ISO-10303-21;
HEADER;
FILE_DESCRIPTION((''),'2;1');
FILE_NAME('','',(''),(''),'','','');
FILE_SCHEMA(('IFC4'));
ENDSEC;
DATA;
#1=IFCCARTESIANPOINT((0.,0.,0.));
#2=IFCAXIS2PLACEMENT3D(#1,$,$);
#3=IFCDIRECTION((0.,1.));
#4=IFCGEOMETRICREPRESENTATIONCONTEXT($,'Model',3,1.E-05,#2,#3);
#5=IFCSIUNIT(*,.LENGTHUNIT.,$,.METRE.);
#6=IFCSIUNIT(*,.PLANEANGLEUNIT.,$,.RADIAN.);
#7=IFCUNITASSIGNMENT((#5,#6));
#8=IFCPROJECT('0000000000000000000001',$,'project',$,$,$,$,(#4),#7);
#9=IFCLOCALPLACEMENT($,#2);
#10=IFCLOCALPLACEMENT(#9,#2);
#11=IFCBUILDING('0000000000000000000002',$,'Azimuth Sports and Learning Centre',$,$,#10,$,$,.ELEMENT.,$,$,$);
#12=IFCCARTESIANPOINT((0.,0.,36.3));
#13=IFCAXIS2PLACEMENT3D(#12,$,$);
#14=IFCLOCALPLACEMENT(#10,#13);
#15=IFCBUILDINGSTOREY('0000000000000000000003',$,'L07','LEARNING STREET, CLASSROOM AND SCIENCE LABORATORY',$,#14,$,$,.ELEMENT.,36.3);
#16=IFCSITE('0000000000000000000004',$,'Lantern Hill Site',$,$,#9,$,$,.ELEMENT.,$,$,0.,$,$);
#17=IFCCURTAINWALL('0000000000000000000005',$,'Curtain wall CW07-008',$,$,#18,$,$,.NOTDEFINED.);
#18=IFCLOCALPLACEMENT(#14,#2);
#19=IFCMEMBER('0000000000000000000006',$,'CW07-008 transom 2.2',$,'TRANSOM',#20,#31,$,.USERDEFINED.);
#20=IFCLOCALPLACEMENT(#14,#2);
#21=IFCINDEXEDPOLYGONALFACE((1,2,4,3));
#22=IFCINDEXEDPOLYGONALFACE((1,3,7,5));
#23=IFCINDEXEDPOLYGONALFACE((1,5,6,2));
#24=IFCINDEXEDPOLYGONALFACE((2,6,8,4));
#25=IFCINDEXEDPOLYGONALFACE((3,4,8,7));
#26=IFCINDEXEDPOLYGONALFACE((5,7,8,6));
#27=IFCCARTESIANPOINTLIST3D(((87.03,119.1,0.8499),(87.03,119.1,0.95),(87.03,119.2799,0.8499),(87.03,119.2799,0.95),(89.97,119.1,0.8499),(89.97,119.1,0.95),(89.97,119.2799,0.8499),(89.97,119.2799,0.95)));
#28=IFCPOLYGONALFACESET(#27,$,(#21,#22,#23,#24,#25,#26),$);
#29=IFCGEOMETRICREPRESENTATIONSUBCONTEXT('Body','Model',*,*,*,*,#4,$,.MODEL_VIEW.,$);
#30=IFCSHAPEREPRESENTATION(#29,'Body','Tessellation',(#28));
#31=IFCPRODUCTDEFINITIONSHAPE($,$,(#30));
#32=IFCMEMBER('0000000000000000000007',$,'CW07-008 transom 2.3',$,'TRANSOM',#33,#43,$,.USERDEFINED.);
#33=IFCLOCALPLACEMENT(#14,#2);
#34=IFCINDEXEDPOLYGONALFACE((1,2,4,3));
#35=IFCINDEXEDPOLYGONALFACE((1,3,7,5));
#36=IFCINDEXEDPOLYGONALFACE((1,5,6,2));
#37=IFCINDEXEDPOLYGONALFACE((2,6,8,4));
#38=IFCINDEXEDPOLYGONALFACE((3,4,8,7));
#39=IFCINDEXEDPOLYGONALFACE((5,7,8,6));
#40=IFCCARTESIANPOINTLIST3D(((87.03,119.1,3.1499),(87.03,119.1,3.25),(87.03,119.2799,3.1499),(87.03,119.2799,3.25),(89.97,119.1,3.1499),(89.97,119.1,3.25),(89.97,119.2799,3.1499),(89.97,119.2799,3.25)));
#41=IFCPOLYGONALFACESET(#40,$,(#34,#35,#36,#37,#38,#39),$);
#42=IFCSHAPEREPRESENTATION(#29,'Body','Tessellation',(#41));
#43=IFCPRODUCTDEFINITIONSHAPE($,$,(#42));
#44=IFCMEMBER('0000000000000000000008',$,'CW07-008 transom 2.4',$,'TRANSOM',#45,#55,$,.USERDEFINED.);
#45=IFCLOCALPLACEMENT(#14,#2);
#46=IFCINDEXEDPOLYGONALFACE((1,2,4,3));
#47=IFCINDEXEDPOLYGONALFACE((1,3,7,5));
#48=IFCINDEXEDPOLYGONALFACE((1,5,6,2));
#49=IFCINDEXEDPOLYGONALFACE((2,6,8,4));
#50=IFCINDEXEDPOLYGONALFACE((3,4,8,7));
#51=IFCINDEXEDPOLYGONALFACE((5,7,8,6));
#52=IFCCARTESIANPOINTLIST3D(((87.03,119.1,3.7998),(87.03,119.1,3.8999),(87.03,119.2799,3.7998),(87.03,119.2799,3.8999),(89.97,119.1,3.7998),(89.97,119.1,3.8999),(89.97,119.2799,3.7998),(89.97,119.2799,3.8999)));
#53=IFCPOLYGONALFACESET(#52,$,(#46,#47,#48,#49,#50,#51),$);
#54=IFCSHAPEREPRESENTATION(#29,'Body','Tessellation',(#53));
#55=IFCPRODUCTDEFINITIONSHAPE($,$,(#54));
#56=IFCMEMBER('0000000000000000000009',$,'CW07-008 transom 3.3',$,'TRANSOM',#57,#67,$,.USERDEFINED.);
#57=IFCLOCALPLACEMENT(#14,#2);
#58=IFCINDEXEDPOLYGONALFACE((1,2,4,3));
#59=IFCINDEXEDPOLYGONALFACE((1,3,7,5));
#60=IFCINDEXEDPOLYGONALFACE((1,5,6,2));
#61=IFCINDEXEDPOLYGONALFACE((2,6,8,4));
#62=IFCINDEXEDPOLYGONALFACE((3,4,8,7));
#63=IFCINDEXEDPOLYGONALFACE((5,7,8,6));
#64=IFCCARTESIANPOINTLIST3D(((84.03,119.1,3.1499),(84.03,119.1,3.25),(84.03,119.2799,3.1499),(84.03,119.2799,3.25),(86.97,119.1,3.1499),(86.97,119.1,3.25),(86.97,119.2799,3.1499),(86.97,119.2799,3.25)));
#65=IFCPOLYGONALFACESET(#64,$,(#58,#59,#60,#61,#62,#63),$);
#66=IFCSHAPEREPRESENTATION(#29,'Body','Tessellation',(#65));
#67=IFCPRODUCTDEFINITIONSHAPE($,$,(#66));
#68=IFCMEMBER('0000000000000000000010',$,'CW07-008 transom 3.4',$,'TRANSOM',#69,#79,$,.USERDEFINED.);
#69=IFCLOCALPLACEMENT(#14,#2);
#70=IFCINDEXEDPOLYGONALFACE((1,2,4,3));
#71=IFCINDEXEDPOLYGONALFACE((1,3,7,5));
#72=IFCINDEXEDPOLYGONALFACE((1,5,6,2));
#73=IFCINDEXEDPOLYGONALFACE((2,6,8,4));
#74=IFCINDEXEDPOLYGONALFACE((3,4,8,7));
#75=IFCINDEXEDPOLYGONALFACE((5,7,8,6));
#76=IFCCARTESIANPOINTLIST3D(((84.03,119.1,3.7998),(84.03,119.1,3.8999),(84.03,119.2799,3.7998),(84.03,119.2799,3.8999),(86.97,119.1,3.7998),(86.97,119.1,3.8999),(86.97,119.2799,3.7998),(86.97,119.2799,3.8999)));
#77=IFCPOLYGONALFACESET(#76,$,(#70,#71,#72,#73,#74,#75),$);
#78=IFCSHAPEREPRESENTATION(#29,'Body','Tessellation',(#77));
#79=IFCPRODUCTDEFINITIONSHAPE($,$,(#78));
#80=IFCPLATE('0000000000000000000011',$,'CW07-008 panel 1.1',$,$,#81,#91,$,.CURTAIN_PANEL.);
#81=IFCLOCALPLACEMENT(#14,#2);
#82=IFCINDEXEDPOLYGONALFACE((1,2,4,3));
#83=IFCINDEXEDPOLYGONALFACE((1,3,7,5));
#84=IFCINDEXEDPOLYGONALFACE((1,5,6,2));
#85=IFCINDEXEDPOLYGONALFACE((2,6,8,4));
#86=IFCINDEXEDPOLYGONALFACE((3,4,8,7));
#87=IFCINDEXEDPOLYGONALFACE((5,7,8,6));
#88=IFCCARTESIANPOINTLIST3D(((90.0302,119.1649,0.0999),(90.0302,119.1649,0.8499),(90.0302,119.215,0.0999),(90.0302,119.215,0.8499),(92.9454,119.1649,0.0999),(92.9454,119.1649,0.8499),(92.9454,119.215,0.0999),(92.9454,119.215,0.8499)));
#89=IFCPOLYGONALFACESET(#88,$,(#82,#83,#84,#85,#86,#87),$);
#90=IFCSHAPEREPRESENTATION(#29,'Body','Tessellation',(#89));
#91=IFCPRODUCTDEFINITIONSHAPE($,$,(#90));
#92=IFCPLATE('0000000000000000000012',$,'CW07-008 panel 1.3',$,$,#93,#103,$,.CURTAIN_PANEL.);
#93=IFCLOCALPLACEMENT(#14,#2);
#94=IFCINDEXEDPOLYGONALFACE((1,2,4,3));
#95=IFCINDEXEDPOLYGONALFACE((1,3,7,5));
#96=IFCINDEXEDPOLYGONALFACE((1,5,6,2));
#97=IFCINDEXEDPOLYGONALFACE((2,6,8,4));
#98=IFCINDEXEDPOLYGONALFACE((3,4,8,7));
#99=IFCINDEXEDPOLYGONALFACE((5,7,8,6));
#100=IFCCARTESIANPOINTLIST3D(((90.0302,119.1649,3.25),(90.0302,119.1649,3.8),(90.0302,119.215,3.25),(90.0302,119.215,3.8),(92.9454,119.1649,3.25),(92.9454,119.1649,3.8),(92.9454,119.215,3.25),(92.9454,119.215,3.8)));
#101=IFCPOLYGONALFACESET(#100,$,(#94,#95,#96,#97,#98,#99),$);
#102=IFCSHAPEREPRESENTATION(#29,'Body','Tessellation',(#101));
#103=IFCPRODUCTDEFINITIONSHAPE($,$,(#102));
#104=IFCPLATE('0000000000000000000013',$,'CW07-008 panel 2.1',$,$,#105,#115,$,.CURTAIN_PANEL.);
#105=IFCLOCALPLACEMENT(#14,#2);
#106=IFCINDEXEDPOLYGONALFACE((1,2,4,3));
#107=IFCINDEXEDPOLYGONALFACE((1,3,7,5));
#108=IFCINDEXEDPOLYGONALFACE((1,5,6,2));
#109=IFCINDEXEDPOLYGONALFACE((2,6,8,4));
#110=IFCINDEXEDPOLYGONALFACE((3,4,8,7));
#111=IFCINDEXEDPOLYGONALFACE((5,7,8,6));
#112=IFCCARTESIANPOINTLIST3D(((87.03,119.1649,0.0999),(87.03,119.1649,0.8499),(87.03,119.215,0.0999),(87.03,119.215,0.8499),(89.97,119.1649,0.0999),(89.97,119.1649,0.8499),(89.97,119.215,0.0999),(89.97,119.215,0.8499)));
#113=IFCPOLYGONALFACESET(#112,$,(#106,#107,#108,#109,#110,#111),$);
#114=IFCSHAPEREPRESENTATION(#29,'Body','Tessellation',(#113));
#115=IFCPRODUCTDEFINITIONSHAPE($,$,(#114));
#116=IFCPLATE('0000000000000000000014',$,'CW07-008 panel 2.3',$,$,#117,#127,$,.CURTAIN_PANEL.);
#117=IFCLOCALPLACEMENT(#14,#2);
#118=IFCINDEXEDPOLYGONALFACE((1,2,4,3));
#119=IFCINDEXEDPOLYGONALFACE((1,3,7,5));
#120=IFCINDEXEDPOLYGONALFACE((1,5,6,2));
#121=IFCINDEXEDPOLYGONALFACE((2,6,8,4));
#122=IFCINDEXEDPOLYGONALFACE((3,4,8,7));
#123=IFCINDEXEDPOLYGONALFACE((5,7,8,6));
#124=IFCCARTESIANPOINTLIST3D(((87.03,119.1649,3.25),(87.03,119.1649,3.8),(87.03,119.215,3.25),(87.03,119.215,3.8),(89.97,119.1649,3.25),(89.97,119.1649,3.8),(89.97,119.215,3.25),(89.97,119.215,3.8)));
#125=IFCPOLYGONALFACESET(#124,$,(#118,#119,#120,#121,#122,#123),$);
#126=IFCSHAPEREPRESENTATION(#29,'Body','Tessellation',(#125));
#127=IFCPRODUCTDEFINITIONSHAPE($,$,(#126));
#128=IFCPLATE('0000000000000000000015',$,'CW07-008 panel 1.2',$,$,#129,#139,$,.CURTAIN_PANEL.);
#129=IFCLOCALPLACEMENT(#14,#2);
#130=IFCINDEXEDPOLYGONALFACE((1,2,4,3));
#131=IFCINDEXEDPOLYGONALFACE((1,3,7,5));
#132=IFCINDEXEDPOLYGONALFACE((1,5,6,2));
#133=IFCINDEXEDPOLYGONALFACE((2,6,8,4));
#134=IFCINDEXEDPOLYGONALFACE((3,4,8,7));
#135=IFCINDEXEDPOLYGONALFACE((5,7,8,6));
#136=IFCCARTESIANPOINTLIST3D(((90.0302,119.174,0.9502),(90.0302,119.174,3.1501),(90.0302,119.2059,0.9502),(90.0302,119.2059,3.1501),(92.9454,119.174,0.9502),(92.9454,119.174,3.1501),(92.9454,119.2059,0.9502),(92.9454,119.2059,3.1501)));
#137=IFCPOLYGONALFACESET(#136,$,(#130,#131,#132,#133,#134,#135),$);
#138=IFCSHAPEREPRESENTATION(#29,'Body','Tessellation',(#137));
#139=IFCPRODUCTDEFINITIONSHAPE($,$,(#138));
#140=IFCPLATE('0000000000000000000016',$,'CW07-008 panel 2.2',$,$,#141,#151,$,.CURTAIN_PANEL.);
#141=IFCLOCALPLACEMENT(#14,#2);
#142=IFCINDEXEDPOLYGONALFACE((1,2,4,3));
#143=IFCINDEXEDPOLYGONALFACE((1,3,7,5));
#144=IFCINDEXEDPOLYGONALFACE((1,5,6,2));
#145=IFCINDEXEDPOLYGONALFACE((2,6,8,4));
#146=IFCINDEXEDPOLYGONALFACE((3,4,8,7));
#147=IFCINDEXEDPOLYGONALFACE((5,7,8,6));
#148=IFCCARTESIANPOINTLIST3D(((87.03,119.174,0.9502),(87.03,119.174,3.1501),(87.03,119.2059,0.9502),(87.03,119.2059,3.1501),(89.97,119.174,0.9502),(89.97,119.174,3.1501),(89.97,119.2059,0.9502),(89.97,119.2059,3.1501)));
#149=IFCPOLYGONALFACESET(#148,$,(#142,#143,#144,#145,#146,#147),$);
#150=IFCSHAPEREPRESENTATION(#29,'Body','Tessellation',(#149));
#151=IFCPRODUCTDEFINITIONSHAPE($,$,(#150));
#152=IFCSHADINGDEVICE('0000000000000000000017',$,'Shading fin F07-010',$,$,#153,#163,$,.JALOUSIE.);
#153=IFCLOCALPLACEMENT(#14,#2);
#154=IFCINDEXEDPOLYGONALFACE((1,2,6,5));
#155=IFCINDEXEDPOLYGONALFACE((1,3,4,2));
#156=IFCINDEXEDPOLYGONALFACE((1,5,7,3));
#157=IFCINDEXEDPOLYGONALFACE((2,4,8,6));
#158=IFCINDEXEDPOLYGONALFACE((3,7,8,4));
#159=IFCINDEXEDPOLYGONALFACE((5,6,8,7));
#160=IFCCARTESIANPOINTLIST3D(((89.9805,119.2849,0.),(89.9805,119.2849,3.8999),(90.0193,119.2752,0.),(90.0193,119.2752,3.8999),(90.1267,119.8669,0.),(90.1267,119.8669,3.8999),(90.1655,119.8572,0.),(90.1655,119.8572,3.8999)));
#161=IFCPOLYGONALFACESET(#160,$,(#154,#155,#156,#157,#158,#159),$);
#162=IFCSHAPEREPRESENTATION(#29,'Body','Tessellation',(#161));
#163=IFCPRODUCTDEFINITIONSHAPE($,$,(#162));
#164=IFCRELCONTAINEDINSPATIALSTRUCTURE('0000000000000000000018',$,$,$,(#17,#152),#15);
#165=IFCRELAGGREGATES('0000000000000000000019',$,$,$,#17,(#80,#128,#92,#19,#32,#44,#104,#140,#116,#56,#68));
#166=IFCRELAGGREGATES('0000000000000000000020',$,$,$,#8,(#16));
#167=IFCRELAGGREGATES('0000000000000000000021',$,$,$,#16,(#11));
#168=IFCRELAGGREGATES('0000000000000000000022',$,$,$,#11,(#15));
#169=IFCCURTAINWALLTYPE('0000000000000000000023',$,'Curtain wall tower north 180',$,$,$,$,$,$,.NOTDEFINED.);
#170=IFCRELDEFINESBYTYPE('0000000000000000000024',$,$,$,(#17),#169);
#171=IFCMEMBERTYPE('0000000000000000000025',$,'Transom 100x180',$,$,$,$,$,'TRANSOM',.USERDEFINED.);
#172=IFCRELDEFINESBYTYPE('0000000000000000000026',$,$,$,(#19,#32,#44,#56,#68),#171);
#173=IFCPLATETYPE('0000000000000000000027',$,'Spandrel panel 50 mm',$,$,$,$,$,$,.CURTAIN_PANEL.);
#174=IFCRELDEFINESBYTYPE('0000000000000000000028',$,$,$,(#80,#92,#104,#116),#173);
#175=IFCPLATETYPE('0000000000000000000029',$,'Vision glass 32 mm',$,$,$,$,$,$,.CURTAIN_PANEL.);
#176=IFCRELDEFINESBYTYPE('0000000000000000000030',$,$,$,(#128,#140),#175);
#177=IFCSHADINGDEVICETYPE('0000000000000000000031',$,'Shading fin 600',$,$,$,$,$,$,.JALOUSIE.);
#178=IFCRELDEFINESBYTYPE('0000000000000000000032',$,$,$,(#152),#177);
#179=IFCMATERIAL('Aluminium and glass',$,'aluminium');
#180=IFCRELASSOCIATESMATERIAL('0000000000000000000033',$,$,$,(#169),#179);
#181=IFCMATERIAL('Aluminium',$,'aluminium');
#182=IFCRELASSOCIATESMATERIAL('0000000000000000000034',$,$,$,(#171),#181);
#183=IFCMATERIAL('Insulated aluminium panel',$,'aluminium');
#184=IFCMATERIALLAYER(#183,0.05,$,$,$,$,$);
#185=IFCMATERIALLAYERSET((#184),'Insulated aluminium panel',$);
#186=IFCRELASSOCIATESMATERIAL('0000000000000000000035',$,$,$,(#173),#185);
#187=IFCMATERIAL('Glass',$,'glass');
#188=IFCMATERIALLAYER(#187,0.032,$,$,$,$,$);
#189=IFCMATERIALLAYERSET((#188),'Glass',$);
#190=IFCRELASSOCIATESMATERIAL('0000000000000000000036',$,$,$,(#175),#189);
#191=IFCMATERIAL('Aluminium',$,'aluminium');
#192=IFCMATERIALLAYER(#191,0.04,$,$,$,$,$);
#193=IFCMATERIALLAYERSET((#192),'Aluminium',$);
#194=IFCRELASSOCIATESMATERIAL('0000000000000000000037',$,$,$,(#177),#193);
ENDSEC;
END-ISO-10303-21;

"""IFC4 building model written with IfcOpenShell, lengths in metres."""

from ifc_helpers import new_model, si_unit, direction, frame, origin, origin_2d, place, context, subcontext, project, spatial, rectangle, extrude, material, layer, layer_set, material_profile, profile_set, type_object, element, aggregate, save


model = new_model("IFC4")

# Units and contexts
model_context = context("Model", 3, precision=1e-05, world=origin(), true_north=direction((0.0, 1.0)))
body_context = subcontext(model_context, "Body", "Model", "MODEL_VIEW")
ifc_project = project(units=[si_unit("LENGTHUNIT", "METRE"), si_unit("PLANEANGLEUNIT", "RADIAN")], contexts=[model_context])

# Site, building, storey
site_placement = place(None, origin())
site = spatial("IfcSite", under=ifc_project, at=site_placement, Name="Lantern Hill Site", CompositionType="ELEMENT", RefElevation=0.0)
building_placement = place(site_placement, origin())
building = spatial("IfcBuilding", under=site, at=building_placement, Name="Azimuth Sports and Learning Centre", CompositionType="ELEMENT")
storey_placement = place(building_placement, frame((0.0, 0.0, 36.3)))
storey = spatial("IfcBuildingStorey", under=building, at=storey_placement, Name="L07", Description="LEARNING STREET, CLASSROOM AND SCIENCE LABORATORY", CompositionType="ELEMENT", Elevation=36.3)

# Curtain wall, members, plates
ifc_material_1 = material(Name="Aluminium and glass", Category="aluminium")
curtain_wall_type = type_object("IfcCurtainWallType", Name="Curtain wall tower north 180", PredefinedType="NOTDEFINED", material=ifc_material_1)
curtain_wall_placement = place(storey_placement, origin())
curtain_wall = element("IfcCurtainWall", 1, at=curtain_wall_placement, inside=storey, type_object=curtain_wall_type, Name="Curtain wall CW07-008", PredefinedType="NOTDEFINED")
ifc_material_2 = material(Name="Aluminium", Category="aluminium")
ifc_material_profile_1 = material_profile(ifc_material_2, rectangle(XDim=0.1799, YDim=0.1001, at=origin_2d()), Name="Transom 100x180")
ifc_profile_set_1 = profile_set([ifc_material_profile_1], Name="Aluminium")
member_type_1 = type_object("IfcMemberType", Name="Transom 100x180", ElementType="TRANSOM", PredefinedType="USERDEFINED", material=ifc_profile_set_1)
member_1_placement = place(storey_placement, frame((89.97, 119.1899, 0.8999), z_axis=(-1.0, 0.0, 0.0), x_axis=(0.0, -1.0, 0.0)))
member_1 = element("IfcMember", 2, at=member_1_placement, type_object=member_type_1, Name="CW07-008 transom 2.2", ObjectType="TRANSOM", PredefinedType="USERDEFINED", context=body_context, shape_type="SweptSolid", body=[
    extrude(rectangle(XDim=0.1799, YDim=0.1001, at=origin_2d()), origin(), (0.0, 0.0, 1.0), 2.9399),
])
member_2_placement = place(storey_placement, frame((89.97, 119.1899, 3.2), z_axis=(-1.0, 0.0, 0.0), x_axis=(0.0, -1.0, 0.0)))
member_2 = element("IfcMember", 3, at=member_2_placement, type_object=member_type_1, Name="CW07-008 transom 2.3", ObjectType="TRANSOM", PredefinedType="USERDEFINED", context=body_context, shape_type="SweptSolid", body=[
    extrude(rectangle(XDim=0.1799, YDim=0.1001, at=origin_2d()), origin(), (0.0, 0.0, 1.0), 2.9399),
])
member_3_placement = place(storey_placement, frame((89.97, 119.1899, 3.8499), z_axis=(-1.0, 0.0, 0.0), x_axis=(0.0, -1.0, 0.0)))
member_3 = element("IfcMember", 4, at=member_3_placement, type_object=member_type_1, Name="CW07-008 transom 2.4", ObjectType="TRANSOM", PredefinedType="USERDEFINED", context=body_context, shape_type="SweptSolid", body=[
    extrude(rectangle(XDim=0.1799, YDim=0.1001, at=origin_2d()), origin(), (0.0, 0.0, 1.0), 2.9399),
])
member_4_placement = place(storey_placement, frame((86.97, 119.1899, 3.2), z_axis=(-1.0, 0.0, 0.0), x_axis=(0.0, -1.0, 0.0)))
member_4 = element("IfcMember", 5, at=member_4_placement, type_object=member_type_1, Name="CW07-008 transom 3.3", ObjectType="TRANSOM", PredefinedType="USERDEFINED", context=body_context, shape_type="SweptSolid", body=[
    extrude(rectangle(XDim=0.1799, YDim=0.1001, at=origin_2d()), origin(), (0.0, 0.0, 1.0), 2.9399),
])
member_5_placement = place(storey_placement, frame((86.97, 119.1899, 3.8499), z_axis=(-1.0, 0.0, 0.0), x_axis=(0.0, -1.0, 0.0)))
member_5 = element("IfcMember", 6, at=member_5_placement, type_object=member_type_1, Name="CW07-008 transom 3.4", ObjectType="TRANSOM", PredefinedType="USERDEFINED", context=body_context, shape_type="SweptSolid", body=[
    extrude(rectangle(XDim=0.1799, YDim=0.1001, at=origin_2d()), origin(), (0.0, 0.0, 1.0), 2.9399),
])
ifc_material_3 = material(Name="Insulated aluminium panel", Category="aluminium")
ifc_layer_1 = layer(ifc_material_3, 0.05)
ifc_layer_set_1 = layer_set([ifc_layer_1], Name="Insulated aluminium panel")
plate_type_1 = type_object("IfcPlateType", Name="Spandrel panel 50 mm", PredefinedType="CURTAIN_PANEL", material=ifc_layer_set_1)
plate_1_placement = place(storey_placement, frame((91.4878, 119.1899, 0.0999), z_axis=(0.0, 0.0, 1.0), x_axis=(-1.0, 0.0, 0.0)))
plate_1 = element("IfcPlate", 7, at=plate_1_placement, type_object=plate_type_1, Name="CW07-008 panel 1.1", PredefinedType="CURTAIN_PANEL", context=body_context, shape_type="SweptSolid", body=[
    extrude(rectangle(XDim=2.9153, YDim=0.05, at=origin_2d()), origin(), (0.0, 0.0, 1.0), 0.75),
])
plate_2_placement = place(storey_placement, frame((91.4878, 119.1899, 3.25), z_axis=(0.0, 0.0, 1.0), x_axis=(-1.0, 0.0, 0.0)))
plate_2 = element("IfcPlate", 8, at=plate_2_placement, type_object=plate_type_1, Name="CW07-008 panel 1.3", PredefinedType="CURTAIN_PANEL", context=body_context, shape_type="SweptSolid", body=[
    extrude(rectangle(XDim=2.9153, YDim=0.05, at=origin_2d()), origin(), (0.0, 0.0, 1.0), 0.55),
])
plate_3_placement = place(storey_placement, frame((88.5, 119.1899, 0.0999), z_axis=(0.0, 0.0, 1.0), x_axis=(-1.0, 0.0, 0.0)))
plate_3 = element("IfcPlate", 9, at=plate_3_placement, type_object=plate_type_1, Name="CW07-008 panel 2.1", PredefinedType="CURTAIN_PANEL", context=body_context, shape_type="SweptSolid", body=[
    extrude(rectangle(XDim=2.9399, YDim=0.05, at=origin_2d()), origin(), (0.0, 0.0, 1.0), 0.75),
])
plate_4_placement = place(storey_placement, frame((88.5, 119.1899, 3.25), z_axis=(0.0, 0.0, 1.0), x_axis=(-1.0, 0.0, 0.0)))
plate_4 = element("IfcPlate", 10, at=plate_4_placement, type_object=plate_type_1, Name="CW07-008 panel 2.3", PredefinedType="CURTAIN_PANEL", context=body_context, shape_type="SweptSolid", body=[
    extrude(rectangle(XDim=2.9399, YDim=0.05, at=origin_2d()), origin(), (0.0, 0.0, 1.0), 0.55),
])
ifc_material_4 = material(Name="Glass", Category="glass")
ifc_layer_2 = layer(ifc_material_4, 0.032)
ifc_layer_set_2 = layer_set([ifc_layer_2], Name="Glass")
plate_type_2 = type_object("IfcPlateType", Name="Vision glass 32 mm", PredefinedType="CURTAIN_PANEL", material=ifc_layer_set_2)
plate_5_placement = place(storey_placement, frame((91.4878, 119.1899, 0.9502), z_axis=(0.0, 0.0, 1.0), x_axis=(-1.0, 0.0, 0.0)))
plate_5 = element("IfcPlate", 11, at=plate_5_placement, type_object=plate_type_2, Name="CW07-008 panel 1.2", PredefinedType="CURTAIN_PANEL", context=body_context, shape_type="SweptSolid", body=[
    extrude(rectangle(XDim=2.9153, YDim=0.032, at=origin_2d()), origin(), (0.0, 0.0, 1.0), 2.2),
])
plate_6_placement = place(storey_placement, frame((88.5, 119.1899, 0.9502), z_axis=(0.0, 0.0, 1.0), x_axis=(-1.0, 0.0, 0.0)))
plate_6 = element("IfcPlate", 12, at=plate_6_placement, type_object=plate_type_2, Name="CW07-008 panel 2.2", PredefinedType="CURTAIN_PANEL", context=body_context, shape_type="SweptSolid", body=[
    extrude(rectangle(XDim=2.9399, YDim=0.032, at=origin_2d()), origin(), (0.0, 0.0, 1.0), 2.2),
])
aggregate(curtain_wall, [plate_1, plate_5, plate_2, member_1, member_2, member_3, plate_3, plate_6, plate_4, member_4, member_5])

# Shading device
ifc_material_5 = material(Name="Aluminium", Category="aluminium")
ifc_layer_3 = layer(ifc_material_5, 0.04)
ifc_layer_set_3 = layer_set([ifc_layer_3], Name="Aluminium")
shading_device_type = type_object("IfcShadingDeviceType", Name="Shading fin 600", PredefinedType="JALOUSIE", material=ifc_layer_set_3)
shading_device_placement = place(storey_placement, frame((90.073, 119.571, 0.0), z_axis=(0.0, 0.0, 1.0), x_axis=(0.243731, 0.969843, 0.0)))
element("IfcShadingDevice", 13, at=shading_device_placement, inside=storey, type_object=shading_device_type, Name="Shading fin F07-010", PredefinedType="JALOUSIE", context=body_context, shape_type="SweptSolid", body=[
    extrude(rectangle(XDim=0.6001, YDim=0.04, at=origin_2d()), origin(), (0.0, 0.0, 1.0), 3.8999),
])

save(model, "model.ifc")
